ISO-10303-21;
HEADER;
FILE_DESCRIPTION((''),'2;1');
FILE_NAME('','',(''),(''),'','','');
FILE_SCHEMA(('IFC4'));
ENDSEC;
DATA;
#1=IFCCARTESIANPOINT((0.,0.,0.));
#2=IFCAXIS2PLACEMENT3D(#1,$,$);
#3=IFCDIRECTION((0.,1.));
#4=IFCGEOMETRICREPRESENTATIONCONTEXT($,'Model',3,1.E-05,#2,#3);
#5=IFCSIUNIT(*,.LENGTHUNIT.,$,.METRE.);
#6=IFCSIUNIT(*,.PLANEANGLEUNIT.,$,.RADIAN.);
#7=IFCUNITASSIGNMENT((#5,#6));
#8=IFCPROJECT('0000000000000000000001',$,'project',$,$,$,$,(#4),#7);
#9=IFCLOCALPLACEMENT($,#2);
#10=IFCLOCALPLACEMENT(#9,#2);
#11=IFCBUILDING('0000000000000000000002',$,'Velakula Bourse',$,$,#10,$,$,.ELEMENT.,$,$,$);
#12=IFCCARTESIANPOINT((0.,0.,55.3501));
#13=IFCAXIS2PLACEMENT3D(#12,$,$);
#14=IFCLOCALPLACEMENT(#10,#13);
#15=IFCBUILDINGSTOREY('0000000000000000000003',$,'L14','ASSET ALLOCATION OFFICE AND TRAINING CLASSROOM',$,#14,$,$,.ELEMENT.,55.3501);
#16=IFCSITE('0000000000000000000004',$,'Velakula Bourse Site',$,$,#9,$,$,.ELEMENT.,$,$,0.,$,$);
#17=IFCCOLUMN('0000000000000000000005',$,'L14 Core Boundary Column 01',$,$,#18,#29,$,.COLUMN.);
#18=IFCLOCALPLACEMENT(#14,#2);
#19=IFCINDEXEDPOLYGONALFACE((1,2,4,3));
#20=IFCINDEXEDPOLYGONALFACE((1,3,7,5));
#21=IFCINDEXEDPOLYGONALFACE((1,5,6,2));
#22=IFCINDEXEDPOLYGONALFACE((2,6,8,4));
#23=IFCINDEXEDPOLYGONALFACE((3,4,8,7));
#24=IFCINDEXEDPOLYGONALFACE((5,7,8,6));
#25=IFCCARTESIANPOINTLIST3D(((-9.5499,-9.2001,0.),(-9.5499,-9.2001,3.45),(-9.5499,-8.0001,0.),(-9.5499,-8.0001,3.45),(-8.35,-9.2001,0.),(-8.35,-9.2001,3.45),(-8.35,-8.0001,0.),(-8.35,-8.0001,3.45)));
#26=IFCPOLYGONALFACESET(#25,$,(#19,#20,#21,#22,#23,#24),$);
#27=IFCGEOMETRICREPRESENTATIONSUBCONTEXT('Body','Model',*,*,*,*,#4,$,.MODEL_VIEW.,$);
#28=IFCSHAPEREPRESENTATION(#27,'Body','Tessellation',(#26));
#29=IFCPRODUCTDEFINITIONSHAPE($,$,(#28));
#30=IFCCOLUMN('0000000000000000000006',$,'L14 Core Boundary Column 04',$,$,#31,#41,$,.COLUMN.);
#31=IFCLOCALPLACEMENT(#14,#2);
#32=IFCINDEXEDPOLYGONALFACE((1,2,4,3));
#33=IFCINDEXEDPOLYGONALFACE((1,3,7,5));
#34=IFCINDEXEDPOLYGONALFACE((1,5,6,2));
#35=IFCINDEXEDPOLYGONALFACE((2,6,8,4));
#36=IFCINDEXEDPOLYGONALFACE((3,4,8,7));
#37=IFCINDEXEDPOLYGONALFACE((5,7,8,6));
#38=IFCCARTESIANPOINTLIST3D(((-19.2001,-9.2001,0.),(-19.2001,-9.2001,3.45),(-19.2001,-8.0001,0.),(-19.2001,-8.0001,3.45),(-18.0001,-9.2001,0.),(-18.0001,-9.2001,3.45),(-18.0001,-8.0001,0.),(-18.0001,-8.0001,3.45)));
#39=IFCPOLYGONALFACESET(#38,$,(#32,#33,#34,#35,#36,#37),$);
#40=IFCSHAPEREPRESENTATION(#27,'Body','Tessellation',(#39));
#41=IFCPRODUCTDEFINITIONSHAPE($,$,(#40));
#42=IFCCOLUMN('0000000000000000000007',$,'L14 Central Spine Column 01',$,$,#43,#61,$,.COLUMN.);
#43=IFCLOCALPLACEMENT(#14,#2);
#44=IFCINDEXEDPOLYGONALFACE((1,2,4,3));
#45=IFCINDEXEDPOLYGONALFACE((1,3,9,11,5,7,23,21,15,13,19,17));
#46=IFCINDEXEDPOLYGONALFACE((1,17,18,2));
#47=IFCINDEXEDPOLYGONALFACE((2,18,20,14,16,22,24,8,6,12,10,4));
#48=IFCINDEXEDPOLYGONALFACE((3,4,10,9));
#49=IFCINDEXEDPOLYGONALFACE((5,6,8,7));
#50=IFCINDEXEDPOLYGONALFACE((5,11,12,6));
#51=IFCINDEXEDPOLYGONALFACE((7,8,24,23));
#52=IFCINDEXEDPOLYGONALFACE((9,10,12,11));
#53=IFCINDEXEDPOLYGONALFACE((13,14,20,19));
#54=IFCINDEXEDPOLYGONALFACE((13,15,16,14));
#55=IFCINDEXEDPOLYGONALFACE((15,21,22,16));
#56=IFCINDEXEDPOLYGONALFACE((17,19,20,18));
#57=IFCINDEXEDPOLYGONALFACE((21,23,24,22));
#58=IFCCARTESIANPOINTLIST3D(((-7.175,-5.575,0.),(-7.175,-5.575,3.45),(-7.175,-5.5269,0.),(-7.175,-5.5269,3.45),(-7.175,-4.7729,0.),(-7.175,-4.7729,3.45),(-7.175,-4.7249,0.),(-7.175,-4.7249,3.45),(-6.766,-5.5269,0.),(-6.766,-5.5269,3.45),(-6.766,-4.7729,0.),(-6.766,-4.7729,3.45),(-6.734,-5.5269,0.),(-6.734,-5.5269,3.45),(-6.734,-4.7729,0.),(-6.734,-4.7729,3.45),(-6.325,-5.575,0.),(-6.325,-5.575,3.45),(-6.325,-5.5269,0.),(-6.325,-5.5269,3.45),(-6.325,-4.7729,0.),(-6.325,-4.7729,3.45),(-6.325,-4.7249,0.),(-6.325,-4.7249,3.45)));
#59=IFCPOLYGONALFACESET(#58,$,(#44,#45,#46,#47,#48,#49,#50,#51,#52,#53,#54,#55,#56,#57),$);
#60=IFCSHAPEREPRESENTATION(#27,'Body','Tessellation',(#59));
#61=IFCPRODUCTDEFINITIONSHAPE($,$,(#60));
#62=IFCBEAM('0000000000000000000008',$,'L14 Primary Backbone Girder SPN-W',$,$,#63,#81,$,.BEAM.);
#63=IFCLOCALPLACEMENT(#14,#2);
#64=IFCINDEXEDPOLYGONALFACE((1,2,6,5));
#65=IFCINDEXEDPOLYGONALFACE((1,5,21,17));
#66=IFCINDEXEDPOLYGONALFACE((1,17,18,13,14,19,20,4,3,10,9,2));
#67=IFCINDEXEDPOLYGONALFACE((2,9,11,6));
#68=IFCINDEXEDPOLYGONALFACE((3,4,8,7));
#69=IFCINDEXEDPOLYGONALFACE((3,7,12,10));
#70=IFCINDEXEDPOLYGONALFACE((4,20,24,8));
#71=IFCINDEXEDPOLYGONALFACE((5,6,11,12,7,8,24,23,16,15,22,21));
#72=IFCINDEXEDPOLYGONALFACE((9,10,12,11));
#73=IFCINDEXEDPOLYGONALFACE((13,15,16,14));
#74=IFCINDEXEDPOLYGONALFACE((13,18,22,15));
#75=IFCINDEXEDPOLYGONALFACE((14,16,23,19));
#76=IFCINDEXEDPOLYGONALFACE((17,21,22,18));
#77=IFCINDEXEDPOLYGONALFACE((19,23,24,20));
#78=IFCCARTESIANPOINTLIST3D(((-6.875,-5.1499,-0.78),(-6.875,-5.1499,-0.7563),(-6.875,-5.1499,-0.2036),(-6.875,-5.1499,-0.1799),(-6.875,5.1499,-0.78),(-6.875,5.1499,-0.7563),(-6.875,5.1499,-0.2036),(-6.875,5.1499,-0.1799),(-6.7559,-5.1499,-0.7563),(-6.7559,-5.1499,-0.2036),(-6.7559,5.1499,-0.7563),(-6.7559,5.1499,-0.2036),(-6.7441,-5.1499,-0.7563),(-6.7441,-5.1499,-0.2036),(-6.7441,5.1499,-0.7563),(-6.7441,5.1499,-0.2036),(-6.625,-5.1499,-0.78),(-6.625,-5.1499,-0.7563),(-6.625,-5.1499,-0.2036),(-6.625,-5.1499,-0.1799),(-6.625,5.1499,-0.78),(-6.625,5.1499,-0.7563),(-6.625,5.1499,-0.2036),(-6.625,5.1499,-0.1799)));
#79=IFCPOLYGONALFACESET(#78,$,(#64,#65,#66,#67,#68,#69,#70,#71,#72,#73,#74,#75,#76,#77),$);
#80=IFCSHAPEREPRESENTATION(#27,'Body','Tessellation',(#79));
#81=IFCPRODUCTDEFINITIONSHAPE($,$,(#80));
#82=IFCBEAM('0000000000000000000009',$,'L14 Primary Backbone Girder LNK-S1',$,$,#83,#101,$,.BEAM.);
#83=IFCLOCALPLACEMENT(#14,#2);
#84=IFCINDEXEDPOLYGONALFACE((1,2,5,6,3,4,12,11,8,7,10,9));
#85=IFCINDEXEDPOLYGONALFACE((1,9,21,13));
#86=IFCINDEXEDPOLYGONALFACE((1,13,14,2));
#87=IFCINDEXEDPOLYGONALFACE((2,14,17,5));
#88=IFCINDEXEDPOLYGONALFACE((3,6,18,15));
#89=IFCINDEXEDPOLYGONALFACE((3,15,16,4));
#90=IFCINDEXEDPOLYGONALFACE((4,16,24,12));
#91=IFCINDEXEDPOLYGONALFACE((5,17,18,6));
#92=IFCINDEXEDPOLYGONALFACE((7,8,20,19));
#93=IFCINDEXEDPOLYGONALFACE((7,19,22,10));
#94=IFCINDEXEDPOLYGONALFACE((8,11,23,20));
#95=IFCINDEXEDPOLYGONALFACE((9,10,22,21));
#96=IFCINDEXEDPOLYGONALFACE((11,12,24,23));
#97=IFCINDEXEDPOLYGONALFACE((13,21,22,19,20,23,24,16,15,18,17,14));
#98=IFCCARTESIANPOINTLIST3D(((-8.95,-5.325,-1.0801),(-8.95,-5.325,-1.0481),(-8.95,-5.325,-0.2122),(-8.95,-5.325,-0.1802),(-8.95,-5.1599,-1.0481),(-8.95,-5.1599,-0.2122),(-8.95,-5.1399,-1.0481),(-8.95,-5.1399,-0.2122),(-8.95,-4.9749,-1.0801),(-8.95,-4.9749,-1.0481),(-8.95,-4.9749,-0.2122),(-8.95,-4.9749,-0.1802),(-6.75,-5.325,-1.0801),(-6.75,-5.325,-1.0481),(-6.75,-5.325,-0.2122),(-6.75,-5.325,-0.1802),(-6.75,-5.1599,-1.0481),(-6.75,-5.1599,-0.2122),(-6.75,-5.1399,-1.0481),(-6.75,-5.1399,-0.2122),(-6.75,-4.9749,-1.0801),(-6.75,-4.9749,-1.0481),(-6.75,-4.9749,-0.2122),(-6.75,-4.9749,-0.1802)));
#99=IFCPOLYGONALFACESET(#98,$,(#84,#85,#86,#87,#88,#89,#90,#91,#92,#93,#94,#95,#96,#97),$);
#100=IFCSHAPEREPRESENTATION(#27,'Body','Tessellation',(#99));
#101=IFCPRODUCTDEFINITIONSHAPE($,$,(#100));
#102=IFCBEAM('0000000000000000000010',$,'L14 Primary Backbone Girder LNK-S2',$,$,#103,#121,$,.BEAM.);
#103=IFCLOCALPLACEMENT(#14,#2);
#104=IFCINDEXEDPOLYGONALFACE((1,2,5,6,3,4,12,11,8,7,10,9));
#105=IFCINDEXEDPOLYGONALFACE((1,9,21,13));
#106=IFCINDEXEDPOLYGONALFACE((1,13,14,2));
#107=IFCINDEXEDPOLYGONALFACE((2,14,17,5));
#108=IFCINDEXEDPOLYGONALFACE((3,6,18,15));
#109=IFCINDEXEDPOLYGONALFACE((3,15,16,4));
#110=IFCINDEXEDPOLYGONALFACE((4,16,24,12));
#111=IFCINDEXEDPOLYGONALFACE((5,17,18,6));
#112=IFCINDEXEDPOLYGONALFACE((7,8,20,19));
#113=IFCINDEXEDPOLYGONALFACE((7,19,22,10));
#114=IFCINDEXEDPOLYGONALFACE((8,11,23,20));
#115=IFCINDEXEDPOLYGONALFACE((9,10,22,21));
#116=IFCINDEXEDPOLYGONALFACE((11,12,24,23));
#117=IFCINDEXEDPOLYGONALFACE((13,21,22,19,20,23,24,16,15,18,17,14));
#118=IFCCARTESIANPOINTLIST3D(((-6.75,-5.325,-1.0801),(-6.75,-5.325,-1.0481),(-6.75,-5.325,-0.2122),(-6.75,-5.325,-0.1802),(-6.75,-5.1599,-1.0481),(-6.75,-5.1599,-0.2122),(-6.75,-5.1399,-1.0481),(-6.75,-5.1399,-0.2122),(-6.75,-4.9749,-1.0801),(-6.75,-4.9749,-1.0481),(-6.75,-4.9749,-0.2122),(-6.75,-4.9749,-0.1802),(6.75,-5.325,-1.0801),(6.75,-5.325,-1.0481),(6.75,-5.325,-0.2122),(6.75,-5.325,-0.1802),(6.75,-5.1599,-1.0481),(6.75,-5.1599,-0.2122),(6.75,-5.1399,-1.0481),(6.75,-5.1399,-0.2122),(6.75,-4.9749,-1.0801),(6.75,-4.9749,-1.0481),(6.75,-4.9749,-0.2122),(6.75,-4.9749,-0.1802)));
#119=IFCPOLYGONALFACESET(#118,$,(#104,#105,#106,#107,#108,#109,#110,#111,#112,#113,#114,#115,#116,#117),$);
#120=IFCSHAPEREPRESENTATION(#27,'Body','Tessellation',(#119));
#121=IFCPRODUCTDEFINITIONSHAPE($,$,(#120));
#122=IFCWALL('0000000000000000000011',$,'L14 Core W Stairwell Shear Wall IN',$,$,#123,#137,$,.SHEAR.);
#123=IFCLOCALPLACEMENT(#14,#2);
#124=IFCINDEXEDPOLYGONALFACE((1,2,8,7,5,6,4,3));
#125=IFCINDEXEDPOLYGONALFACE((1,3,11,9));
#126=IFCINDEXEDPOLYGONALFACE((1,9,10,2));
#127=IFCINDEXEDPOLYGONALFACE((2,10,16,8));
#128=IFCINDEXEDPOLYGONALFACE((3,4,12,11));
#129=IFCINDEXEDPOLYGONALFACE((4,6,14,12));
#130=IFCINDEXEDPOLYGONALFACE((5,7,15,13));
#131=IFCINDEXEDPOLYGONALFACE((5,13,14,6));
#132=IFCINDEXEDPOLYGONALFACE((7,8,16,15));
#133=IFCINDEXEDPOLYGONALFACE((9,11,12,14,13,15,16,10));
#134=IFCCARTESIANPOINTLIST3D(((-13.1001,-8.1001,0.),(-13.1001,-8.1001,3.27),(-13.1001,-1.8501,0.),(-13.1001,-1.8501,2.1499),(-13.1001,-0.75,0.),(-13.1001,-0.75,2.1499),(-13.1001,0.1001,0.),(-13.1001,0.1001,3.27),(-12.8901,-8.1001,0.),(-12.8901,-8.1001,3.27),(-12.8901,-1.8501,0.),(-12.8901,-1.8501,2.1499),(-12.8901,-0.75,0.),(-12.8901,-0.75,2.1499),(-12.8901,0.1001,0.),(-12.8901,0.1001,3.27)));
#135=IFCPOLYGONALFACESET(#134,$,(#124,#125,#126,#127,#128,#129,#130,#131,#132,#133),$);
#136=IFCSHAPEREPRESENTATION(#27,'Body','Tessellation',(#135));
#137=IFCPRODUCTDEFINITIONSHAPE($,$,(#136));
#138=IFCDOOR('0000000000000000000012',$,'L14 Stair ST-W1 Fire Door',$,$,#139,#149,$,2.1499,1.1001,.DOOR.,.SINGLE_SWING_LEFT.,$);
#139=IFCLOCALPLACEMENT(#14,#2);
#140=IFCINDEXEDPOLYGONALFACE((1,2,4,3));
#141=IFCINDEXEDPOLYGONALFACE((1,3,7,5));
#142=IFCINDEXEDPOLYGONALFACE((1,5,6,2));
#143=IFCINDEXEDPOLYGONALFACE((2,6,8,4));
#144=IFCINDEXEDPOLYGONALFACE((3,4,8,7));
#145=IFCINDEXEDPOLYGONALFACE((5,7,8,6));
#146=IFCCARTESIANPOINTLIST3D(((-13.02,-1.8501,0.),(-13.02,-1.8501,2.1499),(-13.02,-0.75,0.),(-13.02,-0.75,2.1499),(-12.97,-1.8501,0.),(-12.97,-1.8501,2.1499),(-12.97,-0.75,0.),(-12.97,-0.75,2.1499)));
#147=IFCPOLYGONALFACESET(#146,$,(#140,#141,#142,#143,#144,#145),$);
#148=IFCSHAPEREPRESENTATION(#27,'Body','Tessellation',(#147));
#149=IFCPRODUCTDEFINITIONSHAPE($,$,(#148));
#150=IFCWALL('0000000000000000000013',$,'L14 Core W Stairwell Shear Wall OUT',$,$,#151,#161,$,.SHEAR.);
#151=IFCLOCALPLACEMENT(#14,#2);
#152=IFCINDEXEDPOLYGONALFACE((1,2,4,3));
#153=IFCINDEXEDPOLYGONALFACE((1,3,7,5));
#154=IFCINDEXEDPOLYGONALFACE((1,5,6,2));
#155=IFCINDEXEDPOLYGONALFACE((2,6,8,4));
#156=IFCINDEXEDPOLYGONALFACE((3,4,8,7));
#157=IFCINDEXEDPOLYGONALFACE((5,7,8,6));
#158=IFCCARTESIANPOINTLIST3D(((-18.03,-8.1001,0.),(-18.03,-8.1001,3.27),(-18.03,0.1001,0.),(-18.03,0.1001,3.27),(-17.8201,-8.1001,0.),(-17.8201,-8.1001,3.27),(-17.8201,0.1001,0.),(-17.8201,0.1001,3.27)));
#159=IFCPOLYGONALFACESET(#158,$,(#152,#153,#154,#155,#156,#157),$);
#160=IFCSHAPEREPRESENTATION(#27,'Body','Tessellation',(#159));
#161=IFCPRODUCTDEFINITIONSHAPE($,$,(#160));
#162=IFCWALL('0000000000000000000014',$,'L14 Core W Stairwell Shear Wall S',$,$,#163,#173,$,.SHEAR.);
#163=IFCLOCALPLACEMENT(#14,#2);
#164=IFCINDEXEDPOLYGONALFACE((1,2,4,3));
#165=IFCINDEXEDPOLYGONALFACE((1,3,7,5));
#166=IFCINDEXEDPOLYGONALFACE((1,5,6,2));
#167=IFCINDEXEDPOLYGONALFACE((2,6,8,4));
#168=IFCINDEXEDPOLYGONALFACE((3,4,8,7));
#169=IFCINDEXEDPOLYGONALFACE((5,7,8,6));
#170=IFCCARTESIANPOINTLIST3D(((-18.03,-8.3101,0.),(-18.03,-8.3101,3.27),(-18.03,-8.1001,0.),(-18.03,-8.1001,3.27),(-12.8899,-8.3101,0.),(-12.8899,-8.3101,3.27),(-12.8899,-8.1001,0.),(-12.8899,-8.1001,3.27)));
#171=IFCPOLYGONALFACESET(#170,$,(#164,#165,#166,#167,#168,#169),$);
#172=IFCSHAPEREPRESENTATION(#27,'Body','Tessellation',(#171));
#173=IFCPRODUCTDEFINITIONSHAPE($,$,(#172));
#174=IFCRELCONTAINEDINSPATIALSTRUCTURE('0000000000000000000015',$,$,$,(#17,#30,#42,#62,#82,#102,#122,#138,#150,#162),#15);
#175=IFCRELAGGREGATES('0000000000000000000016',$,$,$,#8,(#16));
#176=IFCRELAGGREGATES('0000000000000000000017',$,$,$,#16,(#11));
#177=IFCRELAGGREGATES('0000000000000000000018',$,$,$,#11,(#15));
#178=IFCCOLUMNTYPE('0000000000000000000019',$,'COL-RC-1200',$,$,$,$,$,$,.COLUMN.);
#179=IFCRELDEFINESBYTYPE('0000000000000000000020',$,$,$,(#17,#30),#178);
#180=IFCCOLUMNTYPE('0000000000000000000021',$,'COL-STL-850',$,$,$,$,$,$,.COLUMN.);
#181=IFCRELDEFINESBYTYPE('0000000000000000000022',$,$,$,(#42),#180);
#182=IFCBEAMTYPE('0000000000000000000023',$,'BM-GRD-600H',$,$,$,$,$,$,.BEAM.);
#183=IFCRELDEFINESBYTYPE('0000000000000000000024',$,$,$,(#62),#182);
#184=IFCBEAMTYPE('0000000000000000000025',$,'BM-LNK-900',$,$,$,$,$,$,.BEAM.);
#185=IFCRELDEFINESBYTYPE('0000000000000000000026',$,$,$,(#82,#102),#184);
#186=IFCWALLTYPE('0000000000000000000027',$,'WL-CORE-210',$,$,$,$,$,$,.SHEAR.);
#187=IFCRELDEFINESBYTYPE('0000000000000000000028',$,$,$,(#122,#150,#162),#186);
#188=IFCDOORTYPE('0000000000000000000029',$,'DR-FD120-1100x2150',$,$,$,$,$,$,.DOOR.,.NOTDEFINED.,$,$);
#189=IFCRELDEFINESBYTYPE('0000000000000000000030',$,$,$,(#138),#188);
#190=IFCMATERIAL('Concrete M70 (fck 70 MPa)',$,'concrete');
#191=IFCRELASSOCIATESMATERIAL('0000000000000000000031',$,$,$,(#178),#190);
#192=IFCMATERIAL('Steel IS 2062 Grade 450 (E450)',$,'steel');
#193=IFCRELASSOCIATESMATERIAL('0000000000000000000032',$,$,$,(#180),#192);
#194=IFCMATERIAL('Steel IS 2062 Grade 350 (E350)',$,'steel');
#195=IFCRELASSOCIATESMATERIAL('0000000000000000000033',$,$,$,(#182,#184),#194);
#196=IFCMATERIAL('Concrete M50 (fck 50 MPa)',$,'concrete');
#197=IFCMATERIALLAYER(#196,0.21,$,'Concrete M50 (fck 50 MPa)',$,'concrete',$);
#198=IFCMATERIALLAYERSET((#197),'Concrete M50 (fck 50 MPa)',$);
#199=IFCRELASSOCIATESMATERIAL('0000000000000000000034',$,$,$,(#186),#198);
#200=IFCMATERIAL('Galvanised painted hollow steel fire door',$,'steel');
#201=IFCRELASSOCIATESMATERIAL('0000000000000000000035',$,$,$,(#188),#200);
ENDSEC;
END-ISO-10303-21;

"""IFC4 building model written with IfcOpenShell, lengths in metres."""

from ifc_helpers import new_model, si_unit, direction, frame, frame_2d, origin, origin_2d, place, context, subcontext, project, spatial, rectangle, i_section, extrude, material, layer, layer_set, material_profile, profile_set, type_object, element, fill, save


model = new_model("IFC4")

# Units and contexts
model_context = context("Model", 3, precision=1e-05, world=origin(), true_north=direction((0.0, 1.0)))
body_context = subcontext(model_context, "Body", "Model", "MODEL_VIEW")
ifc_project = project(units=[si_unit("LENGTHUNIT", "METRE"), si_unit("PLANEANGLEUNIT", "RADIAN")], contexts=[model_context])

# Site, building, storey
site_placement = place(None, origin())
site = spatial("IfcSite", under=ifc_project, at=site_placement, Name="Velakula Bourse Site", CompositionType="ELEMENT", RefElevation=0.0)
building_placement = place(site_placement, origin())
building = spatial("IfcBuilding", under=site, at=building_placement, Name="Velakula Bourse", CompositionType="ELEMENT")
storey_placement = place(building_placement, frame((0.0, 0.0, 55.3501)))
storey = spatial("IfcBuildingStorey", under=building, at=storey_placement, Name="L14", Description="ASSET ALLOCATION OFFICE AND TRAINING CLASSROOM", CompositionType="ELEMENT", Elevation=55.3501)

# Columns
ifc_material_1 = material(Name="Concrete M70 (fck 70 MPa)", Category="concrete")
ifc_material_profile_1 = material_profile(ifc_material_1, rectangle(XDim=1.2, YDim=1.2, at=origin_2d()), Name="Concrete M70 (fck 70 MPa)")
ifc_profile_set_1 = profile_set([ifc_material_profile_1], Name="Concrete M70 (fck 70 MPa)")
column_type_1 = type_object("IfcColumnType", Name="COL-RC-1200", PredefinedType="COLUMN", material=ifc_profile_set_1)
for number, where, z_axis, x_axis, name in (
    (1, (-8.95, -8.6001, 0.0), (0.0, 0.0, 1.0), (1.0, 0.0, 0.0), "L14 Core Boundary Column 01"),
    (2, (-18.6001, -8.6001, 0.0), (0.0, 0.0, 1.0), (1.0, 0.0, 0.0), "L14 Core Boundary Column 04"),
):
    element("IfcColumn", number, at=place(storey_placement, frame(where, z_axis=z_axis, x_axis=x_axis)), inside=storey, type_object=column_type_1, Name=name, PredefinedType="COLUMN", context=body_context, shape_type="SweptSolid", body=[
        extrude(rectangle(XDim=1.2, YDim=1.2, at=origin_2d()), origin(), (0.0, 0.0, 1.0), 3.45),
    ])
ifc_material_2 = material(Name="Steel IS 2062 Grade 450 (E450)", Category="steel")
ifc_material_profile_2 = material_profile(ifc_material_2, i_section(OverallWidth=0.8501, OverallDepth=0.8501, WebThickness=0.032, FlangeThickness=0.0481, at=origin_2d()), Name="Steel IS 2062 Grade 450 (E450)")
ifc_profile_set_2 = profile_set([ifc_material_profile_2], Name="Steel IS 2062 Grade 450 (E450)")
column_type_2 = type_object("IfcColumnType", Name="COL-STL-850", PredefinedType="COLUMN", material=ifc_profile_set_2)
column_placement = place(storey_placement, frame((-6.75, -5.1499, 0.0), z_axis=(0.0, 0.0, 1.0), x_axis=(1.0, 0.0, 0.0)))
element("IfcColumn", 3, at=column_placement, inside=storey, type_object=column_type_2, Name="L14 Central Spine Column 01", PredefinedType="COLUMN", context=body_context, shape_type="SweptSolid", body=[
    extrude(i_section(OverallWidth=0.8501, OverallDepth=0.8501, WebThickness=0.032, FlangeThickness=0.0481, at=origin_2d()), origin(), (0.0, 0.0, 1.0), 3.45),
])

# Beams
ifc_material_3 = material(Name="Steel IS 2062 Grade 350 (E350)", Category="steel")
ifc_material_profile_3 = material_profile(ifc_material_3, i_section(OverallWidth=0.25, OverallDepth=0.6001, WebThickness=0.0117, FlangeThickness=0.0237, at=origin_2d()), Name="Steel IS 2062 Grade 350 (E350)")
ifc_profile_set_3 = profile_set([ifc_material_profile_3], Name="Steel IS 2062 Grade 350 (E350)")
beam_type_1 = type_object("IfcBeamType", Name="BM-GRD-600H", PredefinedType="BEAM", material=ifc_profile_set_3)
beam_1_placement = place(storey_placement, frame((-6.75, -5.1499, -0.48), z_axis=(0.0, 1.0, 0.0), x_axis=(-1.0, 0.0, 0.0)))
element("IfcBeam", 4, at=beam_1_placement, inside=storey, type_object=beam_type_1, Name="L14 Primary Backbone Girder SPN-W", PredefinedType="BEAM", context=body_context, shape_type="SweptSolid", body=[
    extrude(i_section(OverallWidth=0.25, OverallDepth=0.6001, WebThickness=0.0117, FlangeThickness=0.0237, at=origin_2d()), origin(), (0.0, 0.0, 1.0), 10.2998),
])
ifc_material_profile_4 = material_profile(ifc_material_3, i_section(OverallWidth=0.3501, OverallDepth=0.8999, WebThickness=0.02, FlangeThickness=0.032, at=origin_2d()), Name="Steel IS 2062 Grade 350 (E350)")
ifc_profile_set_4 = profile_set([ifc_material_profile_4], Name="Steel IS 2062 Grade 350 (E350)")
beam_type_2 = type_object("IfcBeamType", Name="BM-LNK-900", PredefinedType="BEAM", material=ifc_profile_set_4)
beam_2_placement = place(storey_placement, frame((-8.95, -5.1499, -0.6301), z_axis=(1.0, 0.0, 0.0), x_axis=(0.0, 1.0, 0.0)))
element("IfcBeam", 5, at=beam_2_placement, inside=storey, type_object=beam_type_2, Name="L14 Primary Backbone Girder LNK-S1", PredefinedType="BEAM", context=body_context, shape_type="SweptSolid", body=[
    extrude(i_section(OverallWidth=0.3501, OverallDepth=0.8999, WebThickness=0.02, FlangeThickness=0.032, at=origin_2d()), origin(), (0.0, 0.0, 1.0), 2.2),
])
beam_3_placement = place(storey_placement, frame((-6.75, -5.1499, -0.6301), z_axis=(1.0, 0.0, 0.0), x_axis=(0.0, 1.0, 0.0)))
element("IfcBeam", 6, at=beam_3_placement, inside=storey, type_object=beam_type_2, Name="L14 Primary Backbone Girder LNK-S2", PredefinedType="BEAM", context=body_context, shape_type="SweptSolid", body=[
    extrude(i_section(OverallWidth=0.3501, OverallDepth=0.8999, WebThickness=0.02, FlangeThickness=0.032, at=origin_2d()), origin(), (0.0, 0.0, 1.0), 13.5),
])

# Wall, opening, door
ifc_material_4 = material(Name="Concrete M50 (fck 50 MPa)", Category="concrete")
ifc_layer_1 = layer(ifc_material_4, 0.21, Name="Concrete M50 (fck 50 MPa)", Category="concrete")
ifc_layer_set_1 = layer_set([ifc_layer_1], Name="Concrete M50 (fck 50 MPa)")
wall_type_1 = type_object("IfcWallType", Name="WL-CORE-210", PredefinedType="SHEAR", material=ifc_layer_set_1)
wall_1_placement = place(storey_placement, frame((-12.9951, -8.1001, 0.0), z_axis=(0.0, 0.0, 1.0), x_axis=(0.0, 1.0, 0.0)))
wall_1 = element("IfcWall", 7, at=wall_1_placement, inside=storey, type_object=wall_type_1, Name="L14 Core W Stairwell Shear Wall IN", PredefinedType="SHEAR", context=body_context, shape_type="SweptSolid", body=[
    extrude(rectangle(XDim=8.2002, YDim=0.21, at=frame_2d((4.1001, 0.0))), origin(), (0.0, 0.0, 1.0), 3.27),
])
opening_1_placement = place(wall_1_placement, frame((6.25, 0.0, 0.0)))
opening_1 = element("IfcOpeningElement", 8, at=opening_1_placement, cuts=wall_1, PredefinedType="OPENING", context=body_context, shape_type="SweptSolid", body=[
    extrude(rectangle(XDim=1.1001, YDim=2.1499, at=frame_2d((0.55, 1.075))), frame((0.0, 0.115, 0.0), z_axis=(0.0, -1.0, 0.0), x_axis=(1.0, 0.0, 0.0)), (0.0, 0.0, 1.0), 0.23),
])
ifc_material_5 = material(Name="Galvanised painted hollow steel fire door", Category="steel")
door_type_1 = type_object("IfcDoorType", Name="DR-FD120-1100x2150", OperationType="NOTDEFINED", PredefinedType="DOOR", material=ifc_material_5)
door_1_placement = place(opening_1_placement, origin())
door_1 = element("IfcDoor", 9, at=door_1_placement, inside=storey, type_object=door_type_1, Name="L14 Stair ST-W1 Fire Door", OperationType="SINGLE_SWING_LEFT", OverallHeight=2.1499, OverallWidth=1.1001, PredefinedType="DOOR", context=body_context, shape_type="SweptSolid", body=[
    extrude(rectangle(XDim=1.1001, YDim=2.1499, at=frame_2d((0.55, 1.075))), frame((0.0, 0.0249, 0.0), z_axis=(0.0, -1.0, 0.0), x_axis=(1.0, 0.0, 0.0)), (0.0, 0.0, 1.0), 0.05),
])
fill(opening_1, door_1)

# Walls
wall_2_placement = place(storey_placement, frame((-17.925, -8.1001, 0.0), z_axis=(0.0, 0.0, 1.0), x_axis=(0.0, 1.0, 0.0)))
element("IfcWall", 10, at=wall_2_placement, inside=storey, type_object=wall_type_1, Name="L14 Core W Stairwell Shear Wall OUT", PredefinedType="SHEAR", context=body_context, shape_type="SweptSolid", body=[
    extrude(rectangle(XDim=8.2002, YDim=0.21, at=frame_2d((4.1001, 0.0))), origin(), (0.0, 0.0, 1.0), 3.27),
])
wall_3_placement = place(storey_placement, frame((-18.03, -8.2051, 0.0), z_axis=(0.0, 0.0, 1.0), x_axis=(1.0, 0.0, 0.0)))
element("IfcWall", 11, at=wall_3_placement, inside=storey, type_object=wall_type_1, Name="L14 Core W Stairwell Shear Wall S", PredefinedType="SHEAR", context=body_context, shape_type="SweptSolid", body=[
    extrude(rectangle(XDim=5.1401, YDim=0.21, at=frame_2d((2.5701, 0.0))), origin(), (0.0, 0.0, 1.0), 3.27),
])

save(model, "model.ifc")
